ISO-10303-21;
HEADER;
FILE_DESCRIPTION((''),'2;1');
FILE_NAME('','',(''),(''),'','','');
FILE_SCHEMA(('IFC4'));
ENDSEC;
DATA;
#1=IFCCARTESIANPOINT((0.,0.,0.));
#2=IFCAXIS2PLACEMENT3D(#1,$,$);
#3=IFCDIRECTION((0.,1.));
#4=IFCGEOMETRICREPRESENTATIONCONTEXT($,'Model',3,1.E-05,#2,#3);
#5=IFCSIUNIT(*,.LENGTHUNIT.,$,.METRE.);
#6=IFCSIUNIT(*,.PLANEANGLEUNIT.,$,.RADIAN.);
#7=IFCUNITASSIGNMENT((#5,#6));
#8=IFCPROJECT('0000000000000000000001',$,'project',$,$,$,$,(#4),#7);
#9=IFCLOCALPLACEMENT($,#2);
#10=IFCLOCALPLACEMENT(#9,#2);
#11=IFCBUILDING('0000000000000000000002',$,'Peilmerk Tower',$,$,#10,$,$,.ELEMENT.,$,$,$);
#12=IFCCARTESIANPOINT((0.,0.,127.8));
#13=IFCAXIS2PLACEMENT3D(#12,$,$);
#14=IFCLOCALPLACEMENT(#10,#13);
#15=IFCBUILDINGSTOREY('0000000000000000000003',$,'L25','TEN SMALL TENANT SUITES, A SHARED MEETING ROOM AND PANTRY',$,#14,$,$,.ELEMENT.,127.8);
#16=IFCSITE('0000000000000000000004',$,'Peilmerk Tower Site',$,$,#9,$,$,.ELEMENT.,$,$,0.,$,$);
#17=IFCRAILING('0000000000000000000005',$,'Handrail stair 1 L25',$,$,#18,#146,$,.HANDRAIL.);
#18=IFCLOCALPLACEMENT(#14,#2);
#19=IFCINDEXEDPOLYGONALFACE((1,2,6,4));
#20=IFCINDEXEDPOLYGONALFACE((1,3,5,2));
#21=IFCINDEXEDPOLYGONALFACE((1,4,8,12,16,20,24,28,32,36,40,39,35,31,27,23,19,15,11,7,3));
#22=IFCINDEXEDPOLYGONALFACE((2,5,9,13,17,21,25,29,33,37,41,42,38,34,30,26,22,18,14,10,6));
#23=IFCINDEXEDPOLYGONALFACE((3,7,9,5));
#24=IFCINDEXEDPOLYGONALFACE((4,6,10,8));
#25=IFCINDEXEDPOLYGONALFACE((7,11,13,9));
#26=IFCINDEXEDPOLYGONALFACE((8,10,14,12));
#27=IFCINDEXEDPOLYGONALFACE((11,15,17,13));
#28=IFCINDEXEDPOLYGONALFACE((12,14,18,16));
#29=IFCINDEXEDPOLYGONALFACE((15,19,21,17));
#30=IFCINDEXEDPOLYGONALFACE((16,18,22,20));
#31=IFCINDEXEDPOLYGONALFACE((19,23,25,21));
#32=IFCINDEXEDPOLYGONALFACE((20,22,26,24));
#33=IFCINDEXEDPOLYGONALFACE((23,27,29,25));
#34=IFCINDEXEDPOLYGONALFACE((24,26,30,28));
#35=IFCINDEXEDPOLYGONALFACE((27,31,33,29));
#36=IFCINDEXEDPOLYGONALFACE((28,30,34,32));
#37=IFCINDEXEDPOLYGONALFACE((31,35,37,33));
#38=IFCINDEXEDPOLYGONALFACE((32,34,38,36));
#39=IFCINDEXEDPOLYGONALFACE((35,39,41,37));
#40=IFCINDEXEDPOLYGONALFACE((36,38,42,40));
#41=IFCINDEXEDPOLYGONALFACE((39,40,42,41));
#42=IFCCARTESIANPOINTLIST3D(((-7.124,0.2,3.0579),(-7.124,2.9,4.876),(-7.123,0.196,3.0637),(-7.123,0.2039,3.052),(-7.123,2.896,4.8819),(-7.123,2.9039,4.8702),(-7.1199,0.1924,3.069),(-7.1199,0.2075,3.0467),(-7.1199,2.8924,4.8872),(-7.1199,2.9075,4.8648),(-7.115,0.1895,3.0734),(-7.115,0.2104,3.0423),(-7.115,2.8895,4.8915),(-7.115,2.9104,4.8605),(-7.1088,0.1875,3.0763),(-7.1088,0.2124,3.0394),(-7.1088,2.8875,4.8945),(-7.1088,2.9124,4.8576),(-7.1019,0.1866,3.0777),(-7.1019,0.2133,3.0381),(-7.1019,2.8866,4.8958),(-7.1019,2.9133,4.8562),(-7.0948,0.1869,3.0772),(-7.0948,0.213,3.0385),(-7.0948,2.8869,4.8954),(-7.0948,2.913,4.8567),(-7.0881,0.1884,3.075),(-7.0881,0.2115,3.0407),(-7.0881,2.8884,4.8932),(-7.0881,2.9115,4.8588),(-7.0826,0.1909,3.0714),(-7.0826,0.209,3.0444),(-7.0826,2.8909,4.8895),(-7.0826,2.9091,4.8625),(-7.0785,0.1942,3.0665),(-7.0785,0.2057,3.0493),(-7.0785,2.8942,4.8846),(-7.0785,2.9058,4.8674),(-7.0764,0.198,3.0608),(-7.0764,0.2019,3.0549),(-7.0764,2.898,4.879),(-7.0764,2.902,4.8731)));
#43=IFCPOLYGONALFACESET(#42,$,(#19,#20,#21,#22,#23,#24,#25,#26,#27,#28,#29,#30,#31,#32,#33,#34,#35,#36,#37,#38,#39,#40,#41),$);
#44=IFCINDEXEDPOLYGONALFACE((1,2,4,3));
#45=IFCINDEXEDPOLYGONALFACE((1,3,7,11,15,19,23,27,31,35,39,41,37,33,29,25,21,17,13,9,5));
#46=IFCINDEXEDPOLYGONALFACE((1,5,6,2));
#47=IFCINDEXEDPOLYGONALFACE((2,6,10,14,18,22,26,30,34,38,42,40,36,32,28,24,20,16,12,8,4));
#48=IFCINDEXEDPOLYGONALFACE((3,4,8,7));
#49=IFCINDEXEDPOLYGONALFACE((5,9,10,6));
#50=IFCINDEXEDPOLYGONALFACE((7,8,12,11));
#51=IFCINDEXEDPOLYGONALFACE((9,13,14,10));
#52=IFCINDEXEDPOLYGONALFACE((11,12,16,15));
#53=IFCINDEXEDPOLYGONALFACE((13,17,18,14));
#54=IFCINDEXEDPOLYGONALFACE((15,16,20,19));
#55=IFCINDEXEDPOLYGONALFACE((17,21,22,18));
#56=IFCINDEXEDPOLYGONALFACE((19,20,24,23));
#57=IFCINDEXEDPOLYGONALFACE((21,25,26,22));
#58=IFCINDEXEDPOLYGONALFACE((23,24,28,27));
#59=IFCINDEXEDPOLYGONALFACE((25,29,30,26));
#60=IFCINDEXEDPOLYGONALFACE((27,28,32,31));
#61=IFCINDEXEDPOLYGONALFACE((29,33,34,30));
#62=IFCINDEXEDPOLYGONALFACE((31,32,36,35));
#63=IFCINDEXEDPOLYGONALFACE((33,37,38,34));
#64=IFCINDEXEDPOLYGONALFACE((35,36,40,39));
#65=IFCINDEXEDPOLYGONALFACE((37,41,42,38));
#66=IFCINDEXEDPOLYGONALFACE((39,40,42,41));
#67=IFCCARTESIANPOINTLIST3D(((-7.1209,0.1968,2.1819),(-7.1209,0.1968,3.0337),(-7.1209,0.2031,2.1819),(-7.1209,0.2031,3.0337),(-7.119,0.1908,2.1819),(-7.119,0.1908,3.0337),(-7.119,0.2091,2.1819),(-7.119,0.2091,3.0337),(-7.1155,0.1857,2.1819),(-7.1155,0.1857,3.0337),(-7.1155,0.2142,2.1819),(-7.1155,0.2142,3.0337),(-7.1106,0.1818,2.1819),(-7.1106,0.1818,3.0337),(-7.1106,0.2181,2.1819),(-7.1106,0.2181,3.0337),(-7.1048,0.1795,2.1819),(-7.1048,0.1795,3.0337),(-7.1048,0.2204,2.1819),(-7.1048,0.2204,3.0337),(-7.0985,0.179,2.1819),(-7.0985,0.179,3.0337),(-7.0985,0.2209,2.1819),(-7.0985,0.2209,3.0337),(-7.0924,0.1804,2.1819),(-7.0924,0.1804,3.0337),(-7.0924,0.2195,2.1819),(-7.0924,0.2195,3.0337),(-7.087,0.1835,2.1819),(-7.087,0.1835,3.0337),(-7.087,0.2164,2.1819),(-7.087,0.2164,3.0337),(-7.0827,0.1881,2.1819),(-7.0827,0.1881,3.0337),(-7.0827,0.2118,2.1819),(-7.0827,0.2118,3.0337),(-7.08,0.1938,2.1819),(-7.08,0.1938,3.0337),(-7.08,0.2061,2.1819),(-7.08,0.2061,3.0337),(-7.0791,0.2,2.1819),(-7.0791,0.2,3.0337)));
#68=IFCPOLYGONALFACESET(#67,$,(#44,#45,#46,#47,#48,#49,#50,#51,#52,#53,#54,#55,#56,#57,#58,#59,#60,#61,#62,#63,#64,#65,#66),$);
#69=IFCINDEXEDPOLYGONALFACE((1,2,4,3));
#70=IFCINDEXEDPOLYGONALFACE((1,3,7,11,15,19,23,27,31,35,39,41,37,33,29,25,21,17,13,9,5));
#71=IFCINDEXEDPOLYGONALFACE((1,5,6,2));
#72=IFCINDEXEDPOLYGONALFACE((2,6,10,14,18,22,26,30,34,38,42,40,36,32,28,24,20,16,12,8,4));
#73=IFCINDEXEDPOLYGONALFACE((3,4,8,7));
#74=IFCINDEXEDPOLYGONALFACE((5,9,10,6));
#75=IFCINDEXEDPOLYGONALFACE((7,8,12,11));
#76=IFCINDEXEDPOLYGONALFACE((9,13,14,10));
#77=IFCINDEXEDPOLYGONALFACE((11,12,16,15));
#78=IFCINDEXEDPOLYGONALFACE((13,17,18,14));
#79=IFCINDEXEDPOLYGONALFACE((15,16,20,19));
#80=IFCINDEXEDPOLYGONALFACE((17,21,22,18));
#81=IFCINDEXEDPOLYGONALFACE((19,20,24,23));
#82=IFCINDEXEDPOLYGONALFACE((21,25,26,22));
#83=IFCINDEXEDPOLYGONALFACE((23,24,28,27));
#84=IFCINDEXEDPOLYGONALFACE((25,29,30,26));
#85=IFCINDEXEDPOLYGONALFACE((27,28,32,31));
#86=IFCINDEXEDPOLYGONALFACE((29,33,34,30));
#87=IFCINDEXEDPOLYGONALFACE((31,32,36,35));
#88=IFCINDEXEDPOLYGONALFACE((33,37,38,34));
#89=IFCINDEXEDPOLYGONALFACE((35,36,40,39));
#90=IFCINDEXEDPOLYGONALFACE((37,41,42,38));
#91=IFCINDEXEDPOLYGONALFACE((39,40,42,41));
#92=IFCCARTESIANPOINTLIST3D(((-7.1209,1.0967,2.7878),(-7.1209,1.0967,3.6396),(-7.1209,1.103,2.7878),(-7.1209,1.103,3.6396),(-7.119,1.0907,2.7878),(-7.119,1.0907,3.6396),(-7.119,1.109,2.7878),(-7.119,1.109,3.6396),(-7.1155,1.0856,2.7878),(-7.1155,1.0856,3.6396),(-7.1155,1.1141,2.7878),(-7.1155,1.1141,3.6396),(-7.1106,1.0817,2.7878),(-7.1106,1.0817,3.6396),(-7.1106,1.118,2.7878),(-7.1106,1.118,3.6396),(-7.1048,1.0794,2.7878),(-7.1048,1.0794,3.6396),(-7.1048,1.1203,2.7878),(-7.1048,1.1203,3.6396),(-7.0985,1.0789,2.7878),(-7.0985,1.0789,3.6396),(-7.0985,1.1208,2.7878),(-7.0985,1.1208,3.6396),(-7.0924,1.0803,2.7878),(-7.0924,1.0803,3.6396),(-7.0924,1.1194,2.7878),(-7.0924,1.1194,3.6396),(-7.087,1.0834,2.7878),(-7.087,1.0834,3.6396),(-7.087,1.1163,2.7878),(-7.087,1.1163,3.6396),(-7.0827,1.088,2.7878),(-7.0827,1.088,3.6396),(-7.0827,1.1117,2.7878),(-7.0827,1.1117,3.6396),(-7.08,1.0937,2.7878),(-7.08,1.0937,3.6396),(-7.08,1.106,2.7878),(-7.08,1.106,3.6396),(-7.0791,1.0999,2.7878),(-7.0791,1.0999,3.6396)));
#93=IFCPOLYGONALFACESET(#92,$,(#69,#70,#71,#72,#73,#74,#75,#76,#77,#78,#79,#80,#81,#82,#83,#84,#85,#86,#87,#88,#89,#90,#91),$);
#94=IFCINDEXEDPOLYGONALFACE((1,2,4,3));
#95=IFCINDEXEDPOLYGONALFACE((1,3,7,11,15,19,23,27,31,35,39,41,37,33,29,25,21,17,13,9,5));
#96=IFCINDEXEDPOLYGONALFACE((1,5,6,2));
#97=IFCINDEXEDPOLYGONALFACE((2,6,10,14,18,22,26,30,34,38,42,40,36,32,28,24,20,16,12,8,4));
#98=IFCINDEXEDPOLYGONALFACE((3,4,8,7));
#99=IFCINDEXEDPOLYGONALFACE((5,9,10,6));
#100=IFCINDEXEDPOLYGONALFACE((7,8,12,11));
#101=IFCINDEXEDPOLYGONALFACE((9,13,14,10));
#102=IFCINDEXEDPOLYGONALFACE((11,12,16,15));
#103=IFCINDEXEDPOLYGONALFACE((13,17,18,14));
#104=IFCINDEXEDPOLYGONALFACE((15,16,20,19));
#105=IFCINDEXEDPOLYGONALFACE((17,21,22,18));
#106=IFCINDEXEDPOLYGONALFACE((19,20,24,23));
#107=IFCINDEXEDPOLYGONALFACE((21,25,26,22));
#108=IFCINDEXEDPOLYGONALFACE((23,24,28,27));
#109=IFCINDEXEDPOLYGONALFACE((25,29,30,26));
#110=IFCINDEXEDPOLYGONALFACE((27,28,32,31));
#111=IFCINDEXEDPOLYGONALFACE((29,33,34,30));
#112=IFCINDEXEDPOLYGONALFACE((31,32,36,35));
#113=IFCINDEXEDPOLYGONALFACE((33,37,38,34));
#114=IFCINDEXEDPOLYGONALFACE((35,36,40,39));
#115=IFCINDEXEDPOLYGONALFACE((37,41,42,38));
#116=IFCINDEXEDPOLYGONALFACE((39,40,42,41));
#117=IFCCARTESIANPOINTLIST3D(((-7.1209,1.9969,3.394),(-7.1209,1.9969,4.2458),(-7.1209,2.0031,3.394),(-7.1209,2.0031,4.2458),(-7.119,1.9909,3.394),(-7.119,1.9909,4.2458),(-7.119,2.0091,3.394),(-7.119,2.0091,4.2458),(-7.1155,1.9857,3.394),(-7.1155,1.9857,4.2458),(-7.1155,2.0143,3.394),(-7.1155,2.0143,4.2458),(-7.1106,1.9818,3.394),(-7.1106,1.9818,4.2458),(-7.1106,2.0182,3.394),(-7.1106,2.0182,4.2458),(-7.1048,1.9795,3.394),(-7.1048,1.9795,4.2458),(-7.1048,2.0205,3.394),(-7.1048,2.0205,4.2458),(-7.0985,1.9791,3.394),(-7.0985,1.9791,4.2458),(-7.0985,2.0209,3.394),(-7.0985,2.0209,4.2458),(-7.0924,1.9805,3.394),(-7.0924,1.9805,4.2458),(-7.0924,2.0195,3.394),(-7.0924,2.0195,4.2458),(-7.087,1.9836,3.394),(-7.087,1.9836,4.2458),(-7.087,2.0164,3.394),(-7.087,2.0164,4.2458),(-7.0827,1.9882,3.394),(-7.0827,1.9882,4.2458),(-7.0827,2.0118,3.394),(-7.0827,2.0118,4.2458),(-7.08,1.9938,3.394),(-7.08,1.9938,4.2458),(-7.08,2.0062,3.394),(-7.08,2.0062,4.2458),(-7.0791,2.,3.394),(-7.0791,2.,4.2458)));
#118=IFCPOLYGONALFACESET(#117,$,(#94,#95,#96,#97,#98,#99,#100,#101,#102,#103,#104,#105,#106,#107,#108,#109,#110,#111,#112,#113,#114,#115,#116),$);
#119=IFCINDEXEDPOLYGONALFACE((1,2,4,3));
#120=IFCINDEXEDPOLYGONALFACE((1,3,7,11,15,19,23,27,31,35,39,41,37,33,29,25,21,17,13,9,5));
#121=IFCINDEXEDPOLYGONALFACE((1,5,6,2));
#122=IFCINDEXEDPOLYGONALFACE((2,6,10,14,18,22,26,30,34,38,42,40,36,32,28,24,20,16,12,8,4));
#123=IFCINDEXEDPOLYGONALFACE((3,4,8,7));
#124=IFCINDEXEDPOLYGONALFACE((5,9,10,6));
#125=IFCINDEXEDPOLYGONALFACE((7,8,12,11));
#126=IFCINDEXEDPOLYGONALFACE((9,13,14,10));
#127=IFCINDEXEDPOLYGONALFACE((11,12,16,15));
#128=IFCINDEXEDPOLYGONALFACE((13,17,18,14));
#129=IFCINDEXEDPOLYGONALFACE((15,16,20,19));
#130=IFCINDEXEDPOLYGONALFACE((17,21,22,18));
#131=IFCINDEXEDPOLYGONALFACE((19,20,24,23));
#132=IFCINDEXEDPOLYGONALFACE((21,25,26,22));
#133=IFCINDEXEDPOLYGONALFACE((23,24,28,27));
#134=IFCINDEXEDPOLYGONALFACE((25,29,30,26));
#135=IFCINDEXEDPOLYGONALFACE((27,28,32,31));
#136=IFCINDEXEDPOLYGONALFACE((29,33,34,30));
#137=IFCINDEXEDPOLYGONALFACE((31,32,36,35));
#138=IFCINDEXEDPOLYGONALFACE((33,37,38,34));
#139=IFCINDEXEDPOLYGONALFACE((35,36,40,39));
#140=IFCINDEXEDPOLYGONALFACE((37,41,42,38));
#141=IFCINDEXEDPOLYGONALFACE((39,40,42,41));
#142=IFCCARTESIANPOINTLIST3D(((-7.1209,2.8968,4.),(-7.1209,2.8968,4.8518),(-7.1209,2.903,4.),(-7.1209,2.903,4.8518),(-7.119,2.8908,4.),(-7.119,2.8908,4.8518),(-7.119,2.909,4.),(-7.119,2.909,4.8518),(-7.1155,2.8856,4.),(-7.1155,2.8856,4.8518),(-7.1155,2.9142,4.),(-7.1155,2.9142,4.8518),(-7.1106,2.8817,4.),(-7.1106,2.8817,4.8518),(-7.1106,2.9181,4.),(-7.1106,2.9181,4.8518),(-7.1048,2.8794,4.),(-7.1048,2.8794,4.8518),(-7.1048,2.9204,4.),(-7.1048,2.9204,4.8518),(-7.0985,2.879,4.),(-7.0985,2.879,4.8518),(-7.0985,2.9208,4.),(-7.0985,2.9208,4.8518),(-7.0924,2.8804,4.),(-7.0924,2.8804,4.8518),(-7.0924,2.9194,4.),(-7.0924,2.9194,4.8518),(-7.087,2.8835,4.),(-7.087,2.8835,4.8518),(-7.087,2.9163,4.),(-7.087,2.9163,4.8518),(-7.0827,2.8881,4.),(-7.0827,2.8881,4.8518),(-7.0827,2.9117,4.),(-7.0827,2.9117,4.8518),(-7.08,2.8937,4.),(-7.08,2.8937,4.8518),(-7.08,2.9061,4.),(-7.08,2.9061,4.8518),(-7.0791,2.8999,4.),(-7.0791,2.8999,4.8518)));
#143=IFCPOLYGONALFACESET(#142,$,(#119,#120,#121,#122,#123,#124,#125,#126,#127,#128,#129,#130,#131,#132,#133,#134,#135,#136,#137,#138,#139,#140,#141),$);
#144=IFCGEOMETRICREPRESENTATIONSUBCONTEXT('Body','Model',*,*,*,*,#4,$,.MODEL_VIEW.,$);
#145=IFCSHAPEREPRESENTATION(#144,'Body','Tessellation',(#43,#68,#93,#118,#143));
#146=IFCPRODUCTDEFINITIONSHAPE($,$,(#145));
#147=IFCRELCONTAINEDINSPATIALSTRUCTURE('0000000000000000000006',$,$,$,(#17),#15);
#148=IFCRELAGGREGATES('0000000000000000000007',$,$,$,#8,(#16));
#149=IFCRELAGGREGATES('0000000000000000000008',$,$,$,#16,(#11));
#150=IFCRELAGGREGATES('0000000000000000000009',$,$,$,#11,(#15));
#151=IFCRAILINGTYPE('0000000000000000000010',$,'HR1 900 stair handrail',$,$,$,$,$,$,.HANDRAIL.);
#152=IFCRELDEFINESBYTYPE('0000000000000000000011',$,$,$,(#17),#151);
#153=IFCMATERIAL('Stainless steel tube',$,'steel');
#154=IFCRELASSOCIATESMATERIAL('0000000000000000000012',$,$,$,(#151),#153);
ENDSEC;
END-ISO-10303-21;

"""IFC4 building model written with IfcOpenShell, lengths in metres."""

from ifc_helpers import new_model, si_unit, direction, frame, origin, origin_2d, place, context, subcontext, project, spatial, circle, extrude, material, type_object, element, save


model = new_model("IFC4")

# Units and contexts
model_context = context("Model", 3, precision=1e-05, world=origin(), true_north=direction((0.0, 1.0)))
body_context = subcontext(model_context, "Body", "Model", "MODEL_VIEW")
ifc_project = project(units=[si_unit("LENGTHUNIT", "METRE"), si_unit("PLANEANGLEUNIT", "RADIAN")], contexts=[model_context])

# Site, building, storey
site_placement = place(None, origin())
site = spatial("IfcSite", under=ifc_project, at=site_placement, Name="Peilmerk Tower Site", CompositionType="ELEMENT", RefElevation=0.0)
building_placement = place(site_placement, origin())
building = spatial("IfcBuilding", under=site, at=building_placement, Name="Peilmerk Tower", CompositionType="ELEMENT")
storey_placement = place(building_placement, frame((0.0, 0.0, 127.8)))
storey = spatial("IfcBuildingStorey", under=building, at=storey_placement, Name="L25", Description="TEN SMALL TENANT SUITES, A SHARED MEETING ROOM AND PANTRY", CompositionType="ELEMENT", Elevation=127.8)

# Railing
ifc_material_1 = material(Name="Stainless steel tube", Category="steel")
railing_type_1 = type_object("IfcRailingType", Name="HR1 900 stair handrail", PredefinedType="HANDRAIL", material=ifc_material_1)
railing_1_placement = place(storey_placement, frame((-7.1001, 0.2, 2.1819)))
element("IfcRailing", 1, at=railing_1_placement, inside=storey, type_object=railing_type_1, Name="Handrail stair 1 L25", PredefinedType="HANDRAIL", context=body_context, shape_type="SweptSolid", body=[
    extrude(circle(Radius=0.0239, at=origin_2d()), frame((0.0, 0.0, 0.876), z_axis=(0.0, 0.829468, 0.558554), x_axis=(-1.0, 0.0, 0.0)), (0.0, 0.0, 1.0), 3.2551),
    extrude(circle(Radius=0.021, at=origin_2d()), origin(), (0.0, 0.0, 1.0), 0.8518),
    extrude(circle(Radius=0.021, at=origin_2d()), frame((0.0, 0.8999, 0.606)), (0.0, 0.0, 1.0), 0.8518),
    extrude(circle(Radius=0.021, at=origin_2d()), frame((0.0, 1.8, 1.2122)), (0.0, 0.0, 1.0), 0.8518),
    extrude(circle(Radius=0.021, at=origin_2d()), frame((0.0, 2.7, 1.8181)), (0.0, 0.0, 1.0), 0.8518),
])

save(model, "model.ifc")
